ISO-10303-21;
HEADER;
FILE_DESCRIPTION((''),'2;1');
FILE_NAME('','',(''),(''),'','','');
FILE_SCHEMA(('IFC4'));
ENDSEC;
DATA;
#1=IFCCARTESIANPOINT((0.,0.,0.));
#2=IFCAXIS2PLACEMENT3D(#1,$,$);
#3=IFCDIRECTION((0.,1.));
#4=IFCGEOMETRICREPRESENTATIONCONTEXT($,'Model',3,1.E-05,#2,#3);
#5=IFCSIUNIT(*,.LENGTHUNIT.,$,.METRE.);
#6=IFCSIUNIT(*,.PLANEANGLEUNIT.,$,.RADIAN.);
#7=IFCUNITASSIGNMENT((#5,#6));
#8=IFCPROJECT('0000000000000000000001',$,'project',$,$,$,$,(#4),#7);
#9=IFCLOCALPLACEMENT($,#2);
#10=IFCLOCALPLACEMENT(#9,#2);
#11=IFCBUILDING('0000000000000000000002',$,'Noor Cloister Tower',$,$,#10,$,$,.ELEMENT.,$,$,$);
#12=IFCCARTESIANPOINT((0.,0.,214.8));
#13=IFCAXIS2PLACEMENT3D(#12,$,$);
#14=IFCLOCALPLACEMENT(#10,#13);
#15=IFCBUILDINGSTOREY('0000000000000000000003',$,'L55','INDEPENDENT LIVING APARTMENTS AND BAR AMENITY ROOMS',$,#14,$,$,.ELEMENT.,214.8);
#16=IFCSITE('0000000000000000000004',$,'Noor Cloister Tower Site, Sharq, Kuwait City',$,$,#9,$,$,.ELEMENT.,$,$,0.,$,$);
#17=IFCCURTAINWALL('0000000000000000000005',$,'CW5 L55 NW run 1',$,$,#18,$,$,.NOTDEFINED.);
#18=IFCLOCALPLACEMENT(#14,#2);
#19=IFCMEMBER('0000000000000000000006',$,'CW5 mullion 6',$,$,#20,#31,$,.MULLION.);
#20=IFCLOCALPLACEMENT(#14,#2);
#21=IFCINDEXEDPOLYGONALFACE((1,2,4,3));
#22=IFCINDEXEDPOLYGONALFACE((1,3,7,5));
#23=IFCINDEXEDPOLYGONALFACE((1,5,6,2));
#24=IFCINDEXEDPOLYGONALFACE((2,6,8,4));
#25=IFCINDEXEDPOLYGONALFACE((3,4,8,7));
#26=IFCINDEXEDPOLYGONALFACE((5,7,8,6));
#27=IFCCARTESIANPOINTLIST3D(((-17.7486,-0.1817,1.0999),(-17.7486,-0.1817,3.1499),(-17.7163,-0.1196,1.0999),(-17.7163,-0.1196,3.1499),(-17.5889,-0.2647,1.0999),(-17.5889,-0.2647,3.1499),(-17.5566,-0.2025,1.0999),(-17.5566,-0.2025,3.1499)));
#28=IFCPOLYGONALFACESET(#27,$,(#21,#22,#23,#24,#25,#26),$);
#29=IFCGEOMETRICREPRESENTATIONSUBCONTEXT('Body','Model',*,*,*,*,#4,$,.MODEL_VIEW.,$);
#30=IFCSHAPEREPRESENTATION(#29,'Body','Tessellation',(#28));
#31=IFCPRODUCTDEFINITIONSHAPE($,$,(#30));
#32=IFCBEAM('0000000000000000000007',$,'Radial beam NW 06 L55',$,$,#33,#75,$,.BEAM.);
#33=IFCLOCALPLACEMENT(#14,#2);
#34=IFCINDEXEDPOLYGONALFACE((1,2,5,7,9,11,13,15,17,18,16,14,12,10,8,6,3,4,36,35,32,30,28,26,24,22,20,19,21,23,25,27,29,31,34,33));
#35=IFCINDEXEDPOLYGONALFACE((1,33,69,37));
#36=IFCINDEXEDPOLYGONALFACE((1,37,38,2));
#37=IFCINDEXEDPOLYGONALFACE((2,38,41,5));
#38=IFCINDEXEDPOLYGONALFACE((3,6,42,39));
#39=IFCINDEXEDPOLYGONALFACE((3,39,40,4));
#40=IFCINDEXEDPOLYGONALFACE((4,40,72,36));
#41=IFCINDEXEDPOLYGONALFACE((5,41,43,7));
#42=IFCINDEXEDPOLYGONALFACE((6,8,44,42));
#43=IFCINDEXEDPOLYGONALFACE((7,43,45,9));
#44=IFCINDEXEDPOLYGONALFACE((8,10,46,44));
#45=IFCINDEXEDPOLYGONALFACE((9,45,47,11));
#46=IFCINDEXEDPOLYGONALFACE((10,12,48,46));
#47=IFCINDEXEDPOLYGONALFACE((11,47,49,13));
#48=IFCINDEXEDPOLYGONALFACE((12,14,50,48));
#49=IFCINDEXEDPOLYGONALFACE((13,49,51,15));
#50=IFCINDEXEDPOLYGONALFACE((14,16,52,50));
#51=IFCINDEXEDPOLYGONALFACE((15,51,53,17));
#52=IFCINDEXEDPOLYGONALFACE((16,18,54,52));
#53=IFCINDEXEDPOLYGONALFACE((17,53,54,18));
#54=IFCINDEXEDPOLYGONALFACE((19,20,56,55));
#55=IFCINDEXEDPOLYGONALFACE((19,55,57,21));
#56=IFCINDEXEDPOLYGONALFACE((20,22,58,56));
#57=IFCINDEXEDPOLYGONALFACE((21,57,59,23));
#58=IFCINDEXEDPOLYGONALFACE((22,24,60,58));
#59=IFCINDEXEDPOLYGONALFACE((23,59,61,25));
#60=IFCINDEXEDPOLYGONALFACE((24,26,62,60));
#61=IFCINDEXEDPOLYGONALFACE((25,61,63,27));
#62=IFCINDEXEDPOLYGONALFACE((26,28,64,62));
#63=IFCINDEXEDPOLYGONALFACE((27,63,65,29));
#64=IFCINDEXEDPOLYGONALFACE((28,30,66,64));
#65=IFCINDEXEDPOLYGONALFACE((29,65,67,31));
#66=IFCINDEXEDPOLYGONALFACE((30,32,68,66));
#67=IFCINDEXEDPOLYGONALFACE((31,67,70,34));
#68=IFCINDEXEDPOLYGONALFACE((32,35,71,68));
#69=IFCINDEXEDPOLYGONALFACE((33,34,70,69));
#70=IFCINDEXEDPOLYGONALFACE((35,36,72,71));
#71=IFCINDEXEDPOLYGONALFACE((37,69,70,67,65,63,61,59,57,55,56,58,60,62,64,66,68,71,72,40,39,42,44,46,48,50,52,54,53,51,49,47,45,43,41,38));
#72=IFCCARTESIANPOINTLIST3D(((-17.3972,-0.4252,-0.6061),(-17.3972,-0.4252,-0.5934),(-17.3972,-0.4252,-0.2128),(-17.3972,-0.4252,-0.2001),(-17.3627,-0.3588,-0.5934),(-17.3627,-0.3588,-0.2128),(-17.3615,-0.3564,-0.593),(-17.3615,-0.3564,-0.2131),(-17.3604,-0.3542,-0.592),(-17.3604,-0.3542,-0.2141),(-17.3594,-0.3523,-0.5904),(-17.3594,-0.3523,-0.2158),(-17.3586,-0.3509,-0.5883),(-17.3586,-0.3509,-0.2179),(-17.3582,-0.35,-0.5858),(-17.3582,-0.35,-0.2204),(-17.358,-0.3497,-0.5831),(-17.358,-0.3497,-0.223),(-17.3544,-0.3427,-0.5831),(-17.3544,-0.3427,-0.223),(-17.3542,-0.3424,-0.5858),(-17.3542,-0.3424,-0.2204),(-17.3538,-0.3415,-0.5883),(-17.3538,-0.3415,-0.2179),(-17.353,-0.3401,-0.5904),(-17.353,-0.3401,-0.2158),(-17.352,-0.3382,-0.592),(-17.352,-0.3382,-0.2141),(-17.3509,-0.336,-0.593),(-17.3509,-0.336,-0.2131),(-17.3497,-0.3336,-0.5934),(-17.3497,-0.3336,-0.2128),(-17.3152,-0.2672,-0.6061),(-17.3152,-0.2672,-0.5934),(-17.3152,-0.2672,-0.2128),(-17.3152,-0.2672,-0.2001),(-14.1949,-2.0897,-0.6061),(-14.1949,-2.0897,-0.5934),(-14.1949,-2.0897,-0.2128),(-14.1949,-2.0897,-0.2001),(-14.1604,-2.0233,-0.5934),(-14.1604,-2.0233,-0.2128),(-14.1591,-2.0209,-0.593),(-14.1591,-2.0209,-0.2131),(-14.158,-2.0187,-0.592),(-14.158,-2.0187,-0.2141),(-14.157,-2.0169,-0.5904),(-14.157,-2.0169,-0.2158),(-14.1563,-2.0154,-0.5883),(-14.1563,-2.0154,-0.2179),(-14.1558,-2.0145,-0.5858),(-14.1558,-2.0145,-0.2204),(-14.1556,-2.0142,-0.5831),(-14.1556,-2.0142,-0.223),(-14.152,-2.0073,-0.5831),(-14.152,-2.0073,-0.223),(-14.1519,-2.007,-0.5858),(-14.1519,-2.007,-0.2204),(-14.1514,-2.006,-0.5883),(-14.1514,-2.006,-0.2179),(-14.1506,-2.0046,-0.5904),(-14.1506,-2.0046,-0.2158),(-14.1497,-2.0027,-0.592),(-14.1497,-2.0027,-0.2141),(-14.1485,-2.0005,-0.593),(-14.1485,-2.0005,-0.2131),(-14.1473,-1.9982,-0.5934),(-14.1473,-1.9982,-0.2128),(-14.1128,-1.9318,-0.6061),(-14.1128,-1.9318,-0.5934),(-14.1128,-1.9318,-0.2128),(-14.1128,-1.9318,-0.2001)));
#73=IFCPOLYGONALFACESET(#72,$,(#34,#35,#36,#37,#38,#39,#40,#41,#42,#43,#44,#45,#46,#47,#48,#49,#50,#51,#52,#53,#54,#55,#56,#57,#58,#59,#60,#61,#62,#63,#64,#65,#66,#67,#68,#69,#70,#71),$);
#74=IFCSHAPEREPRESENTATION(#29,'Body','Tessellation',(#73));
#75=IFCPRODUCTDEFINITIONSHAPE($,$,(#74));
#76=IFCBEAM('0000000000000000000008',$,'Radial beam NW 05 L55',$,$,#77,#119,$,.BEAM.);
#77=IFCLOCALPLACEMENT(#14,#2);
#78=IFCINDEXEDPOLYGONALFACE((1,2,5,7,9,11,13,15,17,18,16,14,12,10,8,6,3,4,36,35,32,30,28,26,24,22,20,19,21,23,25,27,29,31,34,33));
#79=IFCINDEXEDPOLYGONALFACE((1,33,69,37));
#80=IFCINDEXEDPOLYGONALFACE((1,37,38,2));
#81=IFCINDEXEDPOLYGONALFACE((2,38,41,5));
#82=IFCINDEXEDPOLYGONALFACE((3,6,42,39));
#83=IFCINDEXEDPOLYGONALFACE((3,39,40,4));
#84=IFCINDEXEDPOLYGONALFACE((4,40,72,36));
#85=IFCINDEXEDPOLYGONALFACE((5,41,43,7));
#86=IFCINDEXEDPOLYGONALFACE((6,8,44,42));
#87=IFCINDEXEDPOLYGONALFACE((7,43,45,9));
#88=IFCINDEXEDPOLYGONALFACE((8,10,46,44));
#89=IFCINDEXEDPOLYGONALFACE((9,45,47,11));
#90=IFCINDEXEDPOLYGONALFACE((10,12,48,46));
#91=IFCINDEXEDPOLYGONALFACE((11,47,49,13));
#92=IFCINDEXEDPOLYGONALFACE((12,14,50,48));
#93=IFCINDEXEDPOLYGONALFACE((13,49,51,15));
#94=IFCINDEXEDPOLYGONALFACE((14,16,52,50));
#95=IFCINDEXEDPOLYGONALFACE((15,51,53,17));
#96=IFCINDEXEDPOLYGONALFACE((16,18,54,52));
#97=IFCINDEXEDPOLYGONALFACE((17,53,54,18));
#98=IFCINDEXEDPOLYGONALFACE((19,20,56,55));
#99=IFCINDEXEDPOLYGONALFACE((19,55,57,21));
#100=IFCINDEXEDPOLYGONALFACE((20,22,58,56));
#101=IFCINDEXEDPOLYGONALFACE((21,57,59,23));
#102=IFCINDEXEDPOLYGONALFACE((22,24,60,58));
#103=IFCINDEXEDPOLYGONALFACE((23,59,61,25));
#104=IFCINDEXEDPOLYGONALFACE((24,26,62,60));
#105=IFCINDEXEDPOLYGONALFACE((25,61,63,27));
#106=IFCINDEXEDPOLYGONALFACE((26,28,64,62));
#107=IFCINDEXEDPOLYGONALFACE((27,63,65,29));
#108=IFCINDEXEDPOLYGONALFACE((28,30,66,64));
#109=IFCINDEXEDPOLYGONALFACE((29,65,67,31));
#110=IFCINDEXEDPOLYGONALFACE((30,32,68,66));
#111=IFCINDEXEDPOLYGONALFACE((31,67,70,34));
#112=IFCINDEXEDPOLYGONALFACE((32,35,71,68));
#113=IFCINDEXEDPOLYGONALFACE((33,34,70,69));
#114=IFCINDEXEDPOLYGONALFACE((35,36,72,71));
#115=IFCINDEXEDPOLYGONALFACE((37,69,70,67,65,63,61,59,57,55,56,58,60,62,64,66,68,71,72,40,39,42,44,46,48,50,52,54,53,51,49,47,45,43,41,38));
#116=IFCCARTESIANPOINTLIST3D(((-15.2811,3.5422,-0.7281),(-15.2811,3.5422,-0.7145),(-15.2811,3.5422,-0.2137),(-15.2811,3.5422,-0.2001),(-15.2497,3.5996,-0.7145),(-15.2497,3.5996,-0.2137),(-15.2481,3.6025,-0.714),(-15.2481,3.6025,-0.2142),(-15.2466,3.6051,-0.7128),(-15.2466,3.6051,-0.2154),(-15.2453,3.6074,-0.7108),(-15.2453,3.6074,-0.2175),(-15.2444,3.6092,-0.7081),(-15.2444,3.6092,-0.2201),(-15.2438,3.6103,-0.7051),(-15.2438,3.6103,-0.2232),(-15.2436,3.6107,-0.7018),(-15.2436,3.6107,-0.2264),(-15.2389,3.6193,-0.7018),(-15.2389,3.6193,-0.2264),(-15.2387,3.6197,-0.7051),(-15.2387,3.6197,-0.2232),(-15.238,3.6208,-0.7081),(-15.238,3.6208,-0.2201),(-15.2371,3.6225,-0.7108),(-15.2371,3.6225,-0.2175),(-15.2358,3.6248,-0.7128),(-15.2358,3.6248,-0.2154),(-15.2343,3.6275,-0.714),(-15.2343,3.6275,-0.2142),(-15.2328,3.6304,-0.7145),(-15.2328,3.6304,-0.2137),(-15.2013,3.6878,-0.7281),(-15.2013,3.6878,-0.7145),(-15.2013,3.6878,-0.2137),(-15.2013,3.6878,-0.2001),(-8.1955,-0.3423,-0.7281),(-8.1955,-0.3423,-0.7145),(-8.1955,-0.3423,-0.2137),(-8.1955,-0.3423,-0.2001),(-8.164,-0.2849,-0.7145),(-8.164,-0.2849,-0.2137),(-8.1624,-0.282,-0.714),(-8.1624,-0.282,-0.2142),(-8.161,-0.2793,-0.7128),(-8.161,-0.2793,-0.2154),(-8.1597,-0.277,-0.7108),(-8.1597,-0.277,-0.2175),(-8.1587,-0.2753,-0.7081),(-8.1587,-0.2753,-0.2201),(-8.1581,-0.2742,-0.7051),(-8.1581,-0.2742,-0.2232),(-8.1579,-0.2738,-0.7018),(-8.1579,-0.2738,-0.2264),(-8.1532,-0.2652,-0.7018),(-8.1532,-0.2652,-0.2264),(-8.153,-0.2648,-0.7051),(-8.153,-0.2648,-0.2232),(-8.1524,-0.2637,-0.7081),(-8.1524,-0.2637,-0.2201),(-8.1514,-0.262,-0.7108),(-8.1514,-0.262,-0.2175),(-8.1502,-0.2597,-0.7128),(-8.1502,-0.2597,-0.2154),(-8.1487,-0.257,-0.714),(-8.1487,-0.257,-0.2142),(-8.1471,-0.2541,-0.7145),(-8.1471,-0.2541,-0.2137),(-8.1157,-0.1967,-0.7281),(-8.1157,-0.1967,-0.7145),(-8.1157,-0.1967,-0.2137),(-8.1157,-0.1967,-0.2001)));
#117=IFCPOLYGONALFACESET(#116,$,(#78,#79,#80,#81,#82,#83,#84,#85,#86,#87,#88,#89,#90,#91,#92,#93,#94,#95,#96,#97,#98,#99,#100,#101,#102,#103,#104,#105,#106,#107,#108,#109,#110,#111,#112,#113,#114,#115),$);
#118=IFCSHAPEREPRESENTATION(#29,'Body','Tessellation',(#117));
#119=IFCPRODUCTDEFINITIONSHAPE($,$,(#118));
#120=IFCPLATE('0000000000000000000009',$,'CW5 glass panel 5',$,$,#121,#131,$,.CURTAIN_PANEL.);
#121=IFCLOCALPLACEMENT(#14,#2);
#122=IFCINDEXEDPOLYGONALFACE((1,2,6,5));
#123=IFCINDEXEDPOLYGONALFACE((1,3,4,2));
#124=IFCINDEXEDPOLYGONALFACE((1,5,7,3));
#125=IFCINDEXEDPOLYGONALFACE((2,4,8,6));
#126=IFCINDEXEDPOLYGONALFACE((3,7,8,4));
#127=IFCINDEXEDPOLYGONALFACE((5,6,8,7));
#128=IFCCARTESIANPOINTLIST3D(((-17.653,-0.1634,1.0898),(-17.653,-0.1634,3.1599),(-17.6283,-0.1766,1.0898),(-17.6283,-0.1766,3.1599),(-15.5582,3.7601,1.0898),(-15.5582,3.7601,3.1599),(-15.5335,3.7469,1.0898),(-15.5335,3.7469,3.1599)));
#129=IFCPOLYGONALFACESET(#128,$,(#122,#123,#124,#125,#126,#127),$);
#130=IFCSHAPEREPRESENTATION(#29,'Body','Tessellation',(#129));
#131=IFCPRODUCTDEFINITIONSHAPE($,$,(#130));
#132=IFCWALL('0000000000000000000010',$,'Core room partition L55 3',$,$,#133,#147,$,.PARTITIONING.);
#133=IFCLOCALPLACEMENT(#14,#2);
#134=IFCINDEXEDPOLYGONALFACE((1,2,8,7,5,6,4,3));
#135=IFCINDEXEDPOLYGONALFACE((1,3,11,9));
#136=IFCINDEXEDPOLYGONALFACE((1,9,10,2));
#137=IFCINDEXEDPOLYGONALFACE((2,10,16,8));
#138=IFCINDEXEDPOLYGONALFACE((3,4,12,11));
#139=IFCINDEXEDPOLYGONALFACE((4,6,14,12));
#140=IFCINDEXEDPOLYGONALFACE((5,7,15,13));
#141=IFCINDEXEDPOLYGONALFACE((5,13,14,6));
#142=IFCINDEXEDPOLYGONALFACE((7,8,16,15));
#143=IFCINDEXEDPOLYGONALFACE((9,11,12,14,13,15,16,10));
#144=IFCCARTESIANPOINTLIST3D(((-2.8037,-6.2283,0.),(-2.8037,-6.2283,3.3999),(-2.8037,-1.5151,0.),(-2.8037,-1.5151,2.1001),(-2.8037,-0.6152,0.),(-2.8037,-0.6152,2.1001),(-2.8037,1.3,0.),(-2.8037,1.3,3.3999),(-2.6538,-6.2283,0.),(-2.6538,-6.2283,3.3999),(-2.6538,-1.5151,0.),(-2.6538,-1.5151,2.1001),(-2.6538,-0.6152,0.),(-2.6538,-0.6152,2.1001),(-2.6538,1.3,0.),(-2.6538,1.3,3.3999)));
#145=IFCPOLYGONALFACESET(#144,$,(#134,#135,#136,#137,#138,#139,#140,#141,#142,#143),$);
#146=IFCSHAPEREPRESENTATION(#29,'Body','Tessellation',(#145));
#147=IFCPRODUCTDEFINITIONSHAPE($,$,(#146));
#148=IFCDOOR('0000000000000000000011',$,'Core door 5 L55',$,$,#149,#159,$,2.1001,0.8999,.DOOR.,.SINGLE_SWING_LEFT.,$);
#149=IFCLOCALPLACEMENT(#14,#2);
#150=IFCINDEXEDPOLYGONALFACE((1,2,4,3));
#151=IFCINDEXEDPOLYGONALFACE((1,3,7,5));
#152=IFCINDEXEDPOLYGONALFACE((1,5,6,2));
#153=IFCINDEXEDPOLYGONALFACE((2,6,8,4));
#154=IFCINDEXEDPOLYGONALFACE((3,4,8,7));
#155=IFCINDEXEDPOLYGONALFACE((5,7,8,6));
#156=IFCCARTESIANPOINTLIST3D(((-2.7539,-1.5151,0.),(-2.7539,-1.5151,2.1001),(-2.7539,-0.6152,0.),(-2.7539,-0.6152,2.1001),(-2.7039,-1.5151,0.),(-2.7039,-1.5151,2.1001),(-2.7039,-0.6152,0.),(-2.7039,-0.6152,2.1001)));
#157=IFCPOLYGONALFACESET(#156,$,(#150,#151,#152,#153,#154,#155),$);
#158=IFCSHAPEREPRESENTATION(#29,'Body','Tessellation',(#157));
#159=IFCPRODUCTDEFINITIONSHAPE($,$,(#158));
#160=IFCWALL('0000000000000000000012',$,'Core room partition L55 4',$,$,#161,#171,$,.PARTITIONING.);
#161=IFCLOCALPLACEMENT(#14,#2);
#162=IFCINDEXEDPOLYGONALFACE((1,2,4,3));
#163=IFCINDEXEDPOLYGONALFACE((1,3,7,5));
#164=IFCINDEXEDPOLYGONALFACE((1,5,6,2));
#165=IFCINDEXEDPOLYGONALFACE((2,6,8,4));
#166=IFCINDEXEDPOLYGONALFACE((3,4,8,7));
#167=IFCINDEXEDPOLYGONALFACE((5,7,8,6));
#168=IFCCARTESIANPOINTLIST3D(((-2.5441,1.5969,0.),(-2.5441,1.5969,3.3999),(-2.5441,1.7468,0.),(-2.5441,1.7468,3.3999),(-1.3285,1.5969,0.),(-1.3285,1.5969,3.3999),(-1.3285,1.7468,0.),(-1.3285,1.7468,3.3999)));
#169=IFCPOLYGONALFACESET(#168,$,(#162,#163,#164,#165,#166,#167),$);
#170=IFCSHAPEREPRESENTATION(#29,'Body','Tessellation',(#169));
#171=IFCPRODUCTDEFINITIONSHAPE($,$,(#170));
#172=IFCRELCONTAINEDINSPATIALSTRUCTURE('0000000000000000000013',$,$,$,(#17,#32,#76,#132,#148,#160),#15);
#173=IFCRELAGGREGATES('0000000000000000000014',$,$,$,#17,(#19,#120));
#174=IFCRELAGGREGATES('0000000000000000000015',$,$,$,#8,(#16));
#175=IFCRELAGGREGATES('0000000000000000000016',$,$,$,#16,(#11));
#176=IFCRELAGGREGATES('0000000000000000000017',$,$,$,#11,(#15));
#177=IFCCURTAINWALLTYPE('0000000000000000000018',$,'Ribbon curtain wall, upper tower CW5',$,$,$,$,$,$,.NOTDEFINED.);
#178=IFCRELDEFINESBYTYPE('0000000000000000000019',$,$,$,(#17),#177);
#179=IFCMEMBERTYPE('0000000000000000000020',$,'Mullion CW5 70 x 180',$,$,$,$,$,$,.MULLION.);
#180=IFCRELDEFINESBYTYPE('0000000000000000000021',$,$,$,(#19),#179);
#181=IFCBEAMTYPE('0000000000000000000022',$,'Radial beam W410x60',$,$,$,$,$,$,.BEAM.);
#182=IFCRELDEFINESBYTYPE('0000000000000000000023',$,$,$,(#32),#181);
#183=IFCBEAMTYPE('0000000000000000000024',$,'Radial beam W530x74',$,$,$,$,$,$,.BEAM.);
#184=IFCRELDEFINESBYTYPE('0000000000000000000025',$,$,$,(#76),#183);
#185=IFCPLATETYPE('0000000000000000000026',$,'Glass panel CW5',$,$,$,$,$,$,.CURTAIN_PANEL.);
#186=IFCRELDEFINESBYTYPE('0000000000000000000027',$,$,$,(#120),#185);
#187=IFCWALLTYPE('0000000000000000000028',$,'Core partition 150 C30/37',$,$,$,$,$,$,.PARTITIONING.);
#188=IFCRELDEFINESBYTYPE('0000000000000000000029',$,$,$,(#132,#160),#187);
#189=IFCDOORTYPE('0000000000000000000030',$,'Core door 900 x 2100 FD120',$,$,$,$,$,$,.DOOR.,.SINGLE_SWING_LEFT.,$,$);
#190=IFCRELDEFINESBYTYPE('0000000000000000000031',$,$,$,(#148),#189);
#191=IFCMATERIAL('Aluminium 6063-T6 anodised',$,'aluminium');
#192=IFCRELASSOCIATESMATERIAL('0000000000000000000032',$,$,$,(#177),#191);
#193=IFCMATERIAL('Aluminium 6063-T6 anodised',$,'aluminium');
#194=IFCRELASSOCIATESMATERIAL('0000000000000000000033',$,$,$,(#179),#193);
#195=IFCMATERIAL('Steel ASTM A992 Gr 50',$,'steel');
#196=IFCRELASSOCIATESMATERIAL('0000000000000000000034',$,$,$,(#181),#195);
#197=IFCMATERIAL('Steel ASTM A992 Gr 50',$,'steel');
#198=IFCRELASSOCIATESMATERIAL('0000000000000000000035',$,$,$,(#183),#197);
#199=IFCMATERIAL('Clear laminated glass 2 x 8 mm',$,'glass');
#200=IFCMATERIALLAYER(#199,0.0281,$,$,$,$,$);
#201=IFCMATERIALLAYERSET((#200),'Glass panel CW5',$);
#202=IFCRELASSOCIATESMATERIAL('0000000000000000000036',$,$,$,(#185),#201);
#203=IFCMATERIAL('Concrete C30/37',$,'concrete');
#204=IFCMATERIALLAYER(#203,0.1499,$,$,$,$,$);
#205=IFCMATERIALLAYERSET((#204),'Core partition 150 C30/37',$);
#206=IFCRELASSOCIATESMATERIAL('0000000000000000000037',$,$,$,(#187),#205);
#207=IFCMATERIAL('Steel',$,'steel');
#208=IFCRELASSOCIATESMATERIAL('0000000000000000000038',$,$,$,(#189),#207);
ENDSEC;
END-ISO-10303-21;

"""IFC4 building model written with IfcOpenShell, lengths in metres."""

from ifc_helpers import new_model, si_unit, direction, frame, frame_2d, origin, origin_2d, place, context, subcontext, project, spatial, rectangle, i_section, extrude, material, layer, layer_set, material_profile, profile_set, type_object, element, fill, aggregate, save


model = new_model("IFC4")

# Units and contexts
model_context = context("Model", 3, precision=1e-05, world=origin(), true_north=direction((0.0, 1.0)))
body_context = subcontext(model_context, "Body", "Model", "MODEL_VIEW")
ifc_project = project(units=[si_unit("LENGTHUNIT", "METRE"), si_unit("PLANEANGLEUNIT", "RADIAN")], contexts=[model_context])

# Site, building, storey
site_placement = place(None, origin())
site = spatial("IfcSite", under=ifc_project, at=site_placement, Name="Noor Cloister Tower Site, Sharq, Kuwait City", CompositionType="ELEMENT", RefElevation=0.0)
building_placement = place(site_placement, origin())
building = spatial("IfcBuilding", under=site, at=building_placement, Name="Noor Cloister Tower", CompositionType="ELEMENT")
storey_placement = place(building_placement, frame((0.0, 0.0, 214.8)))
storey = spatial("IfcBuildingStorey", under=building, at=storey_placement, Name="L55", Description="INDEPENDENT LIVING APARTMENTS AND BAR AMENITY ROOMS", CompositionType="ELEMENT", Elevation=214.8)

# Curtain wall, member
ifc_material_1 = material(Name="Aluminium 6063-T6 anodised", Category="aluminium")
curtain_wall_type = type_object("IfcCurtainWallType", Name="Ribbon curtain wall, upper tower CW5", PredefinedType="NOTDEFINED", material=ifc_material_1)
curtain_wall_placement = place(storey_placement, origin())
curtain_wall = element("IfcCurtainWall", 1, at=curtain_wall_placement, inside=storey, type_object=curtain_wall_type, Name="CW5 L55 NW run 1", PredefinedType="NOTDEFINED")
ifc_material_2 = material(Name="Aluminium 6063-T6 anodised", Category="aluminium")
ifc_material_profile_1 = material_profile(ifc_material_2, rectangle(XDim=0.1799, YDim=0.0701, at=origin_2d()), Name="180 x 70 mullion")
ifc_profile_set_1 = profile_set([ifc_material_profile_1], Name="Aluminium 6063-T6 anodised")
member_type = type_object("IfcMemberType", Name="Mullion CW5 70 x 180", PredefinedType="MULLION", material=ifc_profile_set_1)
member_placement = place(storey_placement, frame((-17.6526, -0.1921, 1.0999), z_axis=(0.0, 0.0, 1.0), x_axis=(0.887303, -0.461186, 0.0)))
member = element("IfcMember", 2, at=member_placement, type_object=member_type, Name="CW5 mullion 6", PredefinedType="MULLION", context=body_context, shape_type="SweptSolid", body=[
    extrude(rectangle(XDim=0.1799, YDim=0.0701, at=origin_2d()), origin(), (0.0, 0.0, 1.0), 2.05),
])

# Beams
ifc_material_3 = material(Name="Steel ASTM A992 Gr 50", Category="steel")
ifc_material_profile_2 = material_profile(ifc_material_3, i_section(OverallWidth=0.178, OverallDepth=0.406, WebThickness=0.0078, FlangeThickness=0.0127, FilletRadius=0.0103, at=origin_2d()), Name="W410x60")
ifc_profile_set_2 = profile_set([ifc_material_profile_2], Name="Steel ASTM A992 Gr 50")
beam_type_1 = type_object("IfcBeamType", Name="Radial beam W410x60", PredefinedType="BEAM", material=ifc_profile_set_2)
beam_1_placement = place(storey_placement, frame((-17.3562, -0.3462, -0.4031), z_axis=(0.887295, -0.461202, 0.0), x_axis=(0.461202, 0.887295, 0.0)))
element("IfcBeam", 3, at=beam_1_placement, inside=storey, type_object=beam_type_1, Name="Radial beam NW 06 L55", PredefinedType="BEAM", context=body_context, shape_type="SweptSolid", body=[
    extrude(i_section(OverallWidth=0.178, OverallDepth=0.406, WebThickness=0.0078, FlangeThickness=0.0127, FilletRadius=0.0103, at=origin_2d()), origin(), (0.0, 0.0, 1.0), 3.6091),
])
ifc_material_4 = material(Name="Steel ASTM A992 Gr 50", Category="steel")
ifc_material_profile_3 = material_profile(ifc_material_4, i_section(OverallWidth=0.166, OverallDepth=0.5281, WebThickness=0.0098, FlangeThickness=0.0137, FilletRadius=0.0127, at=origin_2d()), Name="W530x74")
ifc_profile_set_3 = profile_set([ifc_material_profile_3], Name="Steel ASTM A992 Gr 50")
beam_type_2 = type_object("IfcBeamType", Name="Radial beam W530x74", PredefinedType="BEAM", material=ifc_profile_set_3)
beam_2_placement = place(storey_placement, frame((-15.2412, 3.615, -0.4641), z_axis=(0.876874, -0.48072, 0.0), x_axis=(0.48072, 0.876874, 0.0)))
element("IfcBeam", 4, at=beam_2_placement, inside=storey, type_object=beam_type_2, Name="Radial beam NW 05 L55", PredefinedType="BEAM", context=body_context, shape_type="SweptSolid", body=[
    extrude(i_section(OverallWidth=0.166, OverallDepth=0.5281, WebThickness=0.0098, FlangeThickness=0.0137, FilletRadius=0.0127, at=origin_2d()), origin(), (0.0, 0.0, 1.0), 8.0806),
])

# Plate
ifc_material_5 = material(Name="Clear laminated glass 2 x 8 mm", Category="glass")
ifc_layer_1 = layer(ifc_material_5, 0.0281)
ifc_layer_set_1 = layer_set([ifc_layer_1], Name="Glass panel CW5")
plate_type = type_object("IfcPlateType", Name="Glass panel CW5", PredefinedType="CURTAIN_PANEL", material=ifc_layer_set_1)
plate_placement = place(storey_placement, frame((-16.5933, 1.7917, 1.0898), z_axis=(0.0, 0.0, 1.0), x_axis=(-0.470978, -0.882145, 0.0)))
plate = element("IfcPlate", 5, at=plate_placement, type_object=plate_type, Name="CW5 glass panel 5", PredefinedType="CURTAIN_PANEL", context=body_context, shape_type="SweptSolid", body=[
    extrude(rectangle(XDim=4.4478, YDim=0.0281, at=origin_2d()), origin(), (0.0, 0.0, 1.0), 2.0701),
])
aggregate(curtain_wall, [member, plate])

# Wall, opening, door
ifc_material_6 = material(Name="Concrete C30/37", Category="concrete")
ifc_layer_2 = layer(ifc_material_6, 0.1499)
ifc_layer_set_2 = layer_set([ifc_layer_2], Name="Core partition 150 C30/37")
wall_type_1 = type_object("IfcWallType", Name="Core partition 150 C30/37", PredefinedType="PARTITIONING", material=ifc_layer_set_2)
wall_1_placement = place(storey_placement, frame((-2.7288, 1.3, 0.0), z_axis=(0.0, 0.0, 1.0), x_axis=(0.0, -1.0, 0.0)))
wall_1 = element("IfcWall", 6, at=wall_1_placement, inside=storey, type_object=wall_type_1, Name="Core room partition L55 3", PredefinedType="PARTITIONING", context=body_context, shape_type="SweptSolid", body=[
    extrude(rectangle(XDim=7.5283, YDim=0.1499, at=frame_2d((3.7642, 0.0))), origin(), (0.0, 0.0, 1.0), 3.3999),
])
opening_1_placement = place(wall_1_placement, frame((1.9153, 0.0, 0.0)))
opening_1 = element("IfcOpeningElement", 7, at=opening_1_placement, cuts=wall_1, PredefinedType="OPENING", context=body_context, shape_type="SweptSolid", body=[
    extrude(rectangle(XDim=0.8999, YDim=2.1001, at=frame_2d((0.45, 1.05))), frame((0.0, 0.085, 0.0), z_axis=(0.0, -1.0, 0.0), x_axis=(1.0, 0.0, 0.0)), (0.0, 0.0, 1.0), 0.1699),
])
ifc_material_7 = material(Name="Steel", Category="steel")
door_type_1 = type_object("IfcDoorType", Name="Core door 900 x 2100 FD120", OperationType="SINGLE_SWING_LEFT", PredefinedType="DOOR", material=ifc_material_7)
door_1_placement = place(opening_1_placement, origin())
door_1 = element("IfcDoor", 8, at=door_1_placement, inside=storey, type_object=door_type_1, Name="Core door 5 L55", OperationType="SINGLE_SWING_LEFT", OverallHeight=2.1001, OverallWidth=0.8999, PredefinedType="DOOR", context=body_context, shape_type="SweptSolid", body=[
    extrude(rectangle(XDim=0.8999, YDim=2.1001, at=frame_2d((0.45, 1.05))), frame((0.0, 0.0249, 0.0), z_axis=(0.0, -1.0, 0.0), x_axis=(1.0, 0.0, 0.0)), (0.0, 0.0, 1.0), 0.05),
])
fill(opening_1, door_1)

# Wall
wall_2_placement = place(storey_placement, frame((-2.5442, 1.6719, 0.0), z_axis=(0.0, 0.0, 1.0), x_axis=(1.0, 0.0, 0.0)))
element("IfcWall", 9, at=wall_2_placement, inside=storey, type_object=wall_type_1, Name="Core room partition L55 4", PredefinedType="PARTITIONING", context=body_context, shape_type="SweptSolid", body=[
    extrude(rectangle(XDim=1.2156, YDim=0.1499, at=frame_2d((0.6079, 0.0))), origin(), (0.0, 0.0, 1.0), 3.3999),
])

save(model, "model.ifc")
